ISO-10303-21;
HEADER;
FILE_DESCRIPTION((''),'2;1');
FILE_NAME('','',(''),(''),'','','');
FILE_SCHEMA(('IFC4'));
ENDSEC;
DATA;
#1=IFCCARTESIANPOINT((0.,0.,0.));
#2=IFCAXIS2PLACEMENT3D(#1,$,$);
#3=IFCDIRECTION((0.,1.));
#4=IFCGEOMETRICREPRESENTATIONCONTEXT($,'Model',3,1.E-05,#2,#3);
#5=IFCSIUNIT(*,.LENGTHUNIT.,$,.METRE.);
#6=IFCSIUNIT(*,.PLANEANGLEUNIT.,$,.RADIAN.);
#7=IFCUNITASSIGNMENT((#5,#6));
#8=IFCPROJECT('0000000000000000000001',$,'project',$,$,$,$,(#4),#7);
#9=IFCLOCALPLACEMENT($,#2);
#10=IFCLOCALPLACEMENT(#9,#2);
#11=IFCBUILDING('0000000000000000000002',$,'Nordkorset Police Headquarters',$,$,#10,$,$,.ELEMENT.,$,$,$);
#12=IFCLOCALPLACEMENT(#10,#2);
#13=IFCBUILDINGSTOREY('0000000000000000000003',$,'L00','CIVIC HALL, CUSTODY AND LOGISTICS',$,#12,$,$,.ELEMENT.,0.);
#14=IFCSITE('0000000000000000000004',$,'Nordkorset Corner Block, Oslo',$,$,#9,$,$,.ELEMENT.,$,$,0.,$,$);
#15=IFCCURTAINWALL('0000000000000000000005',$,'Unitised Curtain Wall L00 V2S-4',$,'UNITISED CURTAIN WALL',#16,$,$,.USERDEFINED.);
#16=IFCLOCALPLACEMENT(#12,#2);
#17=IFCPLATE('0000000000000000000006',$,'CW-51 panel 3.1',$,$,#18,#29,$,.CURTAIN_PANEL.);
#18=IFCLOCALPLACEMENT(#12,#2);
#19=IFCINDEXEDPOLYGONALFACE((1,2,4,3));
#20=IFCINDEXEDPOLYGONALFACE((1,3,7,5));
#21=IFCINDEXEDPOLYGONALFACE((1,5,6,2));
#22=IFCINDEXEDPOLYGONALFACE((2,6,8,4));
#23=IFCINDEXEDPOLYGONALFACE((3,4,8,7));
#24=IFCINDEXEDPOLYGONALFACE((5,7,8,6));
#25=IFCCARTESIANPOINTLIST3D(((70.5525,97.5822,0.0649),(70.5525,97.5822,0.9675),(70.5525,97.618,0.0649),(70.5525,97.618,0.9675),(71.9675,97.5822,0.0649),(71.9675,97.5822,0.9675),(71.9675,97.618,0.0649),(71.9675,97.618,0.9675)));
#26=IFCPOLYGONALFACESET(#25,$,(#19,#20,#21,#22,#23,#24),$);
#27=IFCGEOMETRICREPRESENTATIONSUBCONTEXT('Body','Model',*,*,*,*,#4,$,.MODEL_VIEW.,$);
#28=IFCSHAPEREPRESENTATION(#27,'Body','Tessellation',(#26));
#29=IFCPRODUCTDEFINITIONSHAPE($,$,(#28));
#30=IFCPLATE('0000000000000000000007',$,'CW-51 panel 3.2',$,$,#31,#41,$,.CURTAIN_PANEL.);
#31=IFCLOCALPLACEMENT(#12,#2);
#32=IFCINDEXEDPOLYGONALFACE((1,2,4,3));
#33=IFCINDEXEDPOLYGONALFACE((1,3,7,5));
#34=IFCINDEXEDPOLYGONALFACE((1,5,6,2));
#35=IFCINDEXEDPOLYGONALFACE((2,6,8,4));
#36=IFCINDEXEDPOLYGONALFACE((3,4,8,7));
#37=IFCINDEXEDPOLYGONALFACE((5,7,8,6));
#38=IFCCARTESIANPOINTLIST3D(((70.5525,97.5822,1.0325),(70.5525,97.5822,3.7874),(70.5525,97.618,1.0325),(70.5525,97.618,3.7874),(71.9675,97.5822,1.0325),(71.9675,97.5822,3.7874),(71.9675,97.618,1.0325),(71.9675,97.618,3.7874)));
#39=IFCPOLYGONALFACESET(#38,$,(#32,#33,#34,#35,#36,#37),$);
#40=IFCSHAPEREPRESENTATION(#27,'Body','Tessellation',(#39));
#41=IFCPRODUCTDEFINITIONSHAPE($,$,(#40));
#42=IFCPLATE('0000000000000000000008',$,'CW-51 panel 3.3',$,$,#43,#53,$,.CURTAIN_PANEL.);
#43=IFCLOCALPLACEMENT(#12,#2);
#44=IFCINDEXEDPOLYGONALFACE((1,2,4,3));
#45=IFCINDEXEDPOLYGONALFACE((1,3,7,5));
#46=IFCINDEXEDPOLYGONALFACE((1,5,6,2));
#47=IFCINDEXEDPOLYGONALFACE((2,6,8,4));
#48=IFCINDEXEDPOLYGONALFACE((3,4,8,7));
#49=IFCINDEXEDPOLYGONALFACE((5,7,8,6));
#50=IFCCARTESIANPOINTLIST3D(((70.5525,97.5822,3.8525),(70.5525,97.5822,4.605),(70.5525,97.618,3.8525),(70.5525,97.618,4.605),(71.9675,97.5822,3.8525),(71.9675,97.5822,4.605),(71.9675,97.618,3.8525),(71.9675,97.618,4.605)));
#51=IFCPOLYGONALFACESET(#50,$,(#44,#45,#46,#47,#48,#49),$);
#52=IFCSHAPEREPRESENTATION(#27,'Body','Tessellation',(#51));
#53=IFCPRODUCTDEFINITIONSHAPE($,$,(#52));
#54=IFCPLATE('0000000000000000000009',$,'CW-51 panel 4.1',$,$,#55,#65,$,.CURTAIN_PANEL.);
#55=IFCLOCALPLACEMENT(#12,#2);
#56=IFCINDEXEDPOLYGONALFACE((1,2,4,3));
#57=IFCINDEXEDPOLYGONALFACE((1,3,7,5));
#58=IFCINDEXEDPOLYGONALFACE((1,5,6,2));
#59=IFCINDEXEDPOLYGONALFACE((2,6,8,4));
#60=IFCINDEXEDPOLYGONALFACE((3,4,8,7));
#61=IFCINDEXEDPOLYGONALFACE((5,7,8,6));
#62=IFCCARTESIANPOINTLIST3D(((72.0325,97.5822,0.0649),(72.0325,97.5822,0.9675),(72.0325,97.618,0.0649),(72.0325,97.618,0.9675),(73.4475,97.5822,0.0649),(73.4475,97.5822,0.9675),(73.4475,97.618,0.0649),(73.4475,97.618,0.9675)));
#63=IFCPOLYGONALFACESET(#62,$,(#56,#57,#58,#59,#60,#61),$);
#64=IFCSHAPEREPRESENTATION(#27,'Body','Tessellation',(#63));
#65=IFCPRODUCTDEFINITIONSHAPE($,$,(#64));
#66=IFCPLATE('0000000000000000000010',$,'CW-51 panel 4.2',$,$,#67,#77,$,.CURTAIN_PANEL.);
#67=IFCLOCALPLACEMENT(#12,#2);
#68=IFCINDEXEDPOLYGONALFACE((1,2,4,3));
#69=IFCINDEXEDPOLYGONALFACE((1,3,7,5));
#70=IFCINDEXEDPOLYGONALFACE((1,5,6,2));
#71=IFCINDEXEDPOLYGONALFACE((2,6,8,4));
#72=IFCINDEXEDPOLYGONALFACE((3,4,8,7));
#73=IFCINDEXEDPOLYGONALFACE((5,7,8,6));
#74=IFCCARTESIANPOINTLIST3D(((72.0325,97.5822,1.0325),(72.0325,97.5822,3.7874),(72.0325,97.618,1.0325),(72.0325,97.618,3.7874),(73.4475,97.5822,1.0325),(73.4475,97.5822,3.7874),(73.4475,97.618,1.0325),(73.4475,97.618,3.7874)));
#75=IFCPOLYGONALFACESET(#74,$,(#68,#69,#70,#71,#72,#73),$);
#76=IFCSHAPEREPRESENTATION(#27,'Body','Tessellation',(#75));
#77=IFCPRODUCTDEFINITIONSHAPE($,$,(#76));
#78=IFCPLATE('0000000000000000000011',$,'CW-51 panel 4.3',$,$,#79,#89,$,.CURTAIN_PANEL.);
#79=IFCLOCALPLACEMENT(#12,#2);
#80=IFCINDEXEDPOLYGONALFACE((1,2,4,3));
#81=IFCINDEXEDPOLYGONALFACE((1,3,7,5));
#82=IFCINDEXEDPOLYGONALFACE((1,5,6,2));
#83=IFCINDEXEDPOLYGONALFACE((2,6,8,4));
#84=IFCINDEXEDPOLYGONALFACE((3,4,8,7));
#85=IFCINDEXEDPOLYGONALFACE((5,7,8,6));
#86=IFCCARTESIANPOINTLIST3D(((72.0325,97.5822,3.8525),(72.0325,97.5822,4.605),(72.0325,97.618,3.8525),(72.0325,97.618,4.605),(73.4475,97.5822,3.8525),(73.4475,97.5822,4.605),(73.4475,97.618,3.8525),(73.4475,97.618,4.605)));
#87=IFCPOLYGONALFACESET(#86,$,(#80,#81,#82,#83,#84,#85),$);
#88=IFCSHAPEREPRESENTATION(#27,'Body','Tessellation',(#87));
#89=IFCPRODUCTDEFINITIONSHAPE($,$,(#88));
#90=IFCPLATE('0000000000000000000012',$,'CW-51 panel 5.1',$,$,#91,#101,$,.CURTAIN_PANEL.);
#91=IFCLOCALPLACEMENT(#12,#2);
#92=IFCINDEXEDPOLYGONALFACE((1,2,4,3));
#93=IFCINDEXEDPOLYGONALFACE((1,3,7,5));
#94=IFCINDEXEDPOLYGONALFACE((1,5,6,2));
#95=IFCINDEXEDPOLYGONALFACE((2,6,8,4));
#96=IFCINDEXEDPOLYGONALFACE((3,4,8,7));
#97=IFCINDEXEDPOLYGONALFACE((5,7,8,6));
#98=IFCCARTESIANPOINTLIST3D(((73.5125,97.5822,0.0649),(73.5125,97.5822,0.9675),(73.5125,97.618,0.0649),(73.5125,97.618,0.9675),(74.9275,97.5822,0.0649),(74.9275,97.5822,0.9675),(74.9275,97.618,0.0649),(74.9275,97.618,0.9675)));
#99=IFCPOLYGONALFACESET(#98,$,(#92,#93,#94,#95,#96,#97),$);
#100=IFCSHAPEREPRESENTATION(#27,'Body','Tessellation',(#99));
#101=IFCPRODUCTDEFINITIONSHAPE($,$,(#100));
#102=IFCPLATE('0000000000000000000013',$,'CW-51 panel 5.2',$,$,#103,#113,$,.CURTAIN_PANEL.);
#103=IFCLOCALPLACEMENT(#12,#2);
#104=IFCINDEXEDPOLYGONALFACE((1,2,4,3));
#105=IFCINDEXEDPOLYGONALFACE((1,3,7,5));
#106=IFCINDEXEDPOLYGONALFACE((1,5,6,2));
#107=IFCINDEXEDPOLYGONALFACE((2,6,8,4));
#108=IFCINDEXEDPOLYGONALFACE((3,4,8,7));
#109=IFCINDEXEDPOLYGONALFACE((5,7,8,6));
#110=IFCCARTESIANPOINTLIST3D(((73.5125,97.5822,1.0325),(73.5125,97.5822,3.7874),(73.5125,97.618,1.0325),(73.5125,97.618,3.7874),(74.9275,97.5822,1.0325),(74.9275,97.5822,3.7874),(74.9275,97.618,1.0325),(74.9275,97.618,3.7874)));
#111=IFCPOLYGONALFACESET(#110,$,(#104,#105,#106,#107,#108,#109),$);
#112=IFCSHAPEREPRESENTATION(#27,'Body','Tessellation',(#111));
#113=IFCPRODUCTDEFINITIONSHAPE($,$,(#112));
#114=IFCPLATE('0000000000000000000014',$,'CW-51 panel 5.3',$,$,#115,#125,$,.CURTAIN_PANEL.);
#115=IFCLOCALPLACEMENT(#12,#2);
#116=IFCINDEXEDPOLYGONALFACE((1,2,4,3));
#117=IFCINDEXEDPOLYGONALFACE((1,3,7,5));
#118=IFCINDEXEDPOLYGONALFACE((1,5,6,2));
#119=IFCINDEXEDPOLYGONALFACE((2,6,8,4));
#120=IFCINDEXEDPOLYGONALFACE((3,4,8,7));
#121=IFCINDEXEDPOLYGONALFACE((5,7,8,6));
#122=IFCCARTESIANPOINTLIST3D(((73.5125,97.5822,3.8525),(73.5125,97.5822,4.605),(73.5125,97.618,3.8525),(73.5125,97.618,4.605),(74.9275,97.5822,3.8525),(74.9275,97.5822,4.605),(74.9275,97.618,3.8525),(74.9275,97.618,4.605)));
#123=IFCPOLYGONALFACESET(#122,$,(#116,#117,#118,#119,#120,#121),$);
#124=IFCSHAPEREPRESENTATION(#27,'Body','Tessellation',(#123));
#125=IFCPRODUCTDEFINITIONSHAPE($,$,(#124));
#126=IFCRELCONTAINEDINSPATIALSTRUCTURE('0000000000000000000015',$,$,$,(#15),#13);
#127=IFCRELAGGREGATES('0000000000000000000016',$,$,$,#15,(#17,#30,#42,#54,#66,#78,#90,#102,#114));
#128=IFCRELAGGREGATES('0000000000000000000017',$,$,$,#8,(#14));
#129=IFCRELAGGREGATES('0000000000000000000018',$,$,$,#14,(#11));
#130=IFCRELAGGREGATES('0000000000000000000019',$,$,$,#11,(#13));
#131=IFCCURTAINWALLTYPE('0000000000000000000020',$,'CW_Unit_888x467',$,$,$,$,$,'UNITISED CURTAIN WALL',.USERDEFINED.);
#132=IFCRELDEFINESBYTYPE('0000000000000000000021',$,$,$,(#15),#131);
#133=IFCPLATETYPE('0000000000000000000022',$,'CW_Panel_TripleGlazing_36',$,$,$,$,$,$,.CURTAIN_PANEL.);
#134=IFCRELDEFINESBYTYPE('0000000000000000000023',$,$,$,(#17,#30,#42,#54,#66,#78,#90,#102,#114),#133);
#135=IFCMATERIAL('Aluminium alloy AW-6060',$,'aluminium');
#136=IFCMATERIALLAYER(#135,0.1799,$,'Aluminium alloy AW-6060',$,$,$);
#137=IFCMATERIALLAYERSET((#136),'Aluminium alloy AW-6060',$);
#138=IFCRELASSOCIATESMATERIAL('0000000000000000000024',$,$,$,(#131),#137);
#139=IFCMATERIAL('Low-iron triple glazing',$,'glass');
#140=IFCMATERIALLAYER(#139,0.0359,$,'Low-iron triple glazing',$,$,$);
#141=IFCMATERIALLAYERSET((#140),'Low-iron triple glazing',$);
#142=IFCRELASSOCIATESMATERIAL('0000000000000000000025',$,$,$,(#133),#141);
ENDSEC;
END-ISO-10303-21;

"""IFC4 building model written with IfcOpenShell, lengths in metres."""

from ifc_helpers import new_model, si_unit, direction, frame, origin, origin_2d, place, context, subcontext, project, spatial, rectangle, extrude, material, layer, layer_set, type_object, element, aggregate, save


model = new_model("IFC4")

# Units and contexts
model_context = context("Model", 3, precision=1e-05, world=origin(), true_north=direction((0.0, 1.0)))
body_context = subcontext(model_context, "Body", "Model", "MODEL_VIEW")
ifc_project = project(units=[si_unit("LENGTHUNIT", "METRE"), si_unit("PLANEANGLEUNIT", "RADIAN")], contexts=[model_context])

# Site, building, storey
site_placement = place(None, origin())
site = spatial("IfcSite", under=ifc_project, at=site_placement, Name="Nordkorset Corner Block, Oslo", CompositionType="ELEMENT", RefElevation=0.0)
building_placement = place(site_placement, origin())
building = spatial("IfcBuilding", under=site, at=building_placement, Name="Nordkorset Police Headquarters", CompositionType="ELEMENT")
storey_placement = place(building_placement, origin())
storey = spatial("IfcBuildingStorey", under=building, at=storey_placement, Name="L00", Description="CIVIC HALL, CUSTODY AND LOGISTICS", CompositionType="ELEMENT", Elevation=0.0)

# Curtain wall, plates
ifc_material_1 = material(Name="Aluminium alloy AW-6060", Category="aluminium")
ifc_layer_1 = layer(ifc_material_1, 0.1799, Name="Aluminium alloy AW-6060")
ifc_layer_set_1 = layer_set([ifc_layer_1], Name="Aluminium alloy AW-6060")
curtain_wall_type = type_object("IfcCurtainWallType", Name="CW_Unit_888x467", ElementType="UNITISED CURTAIN WALL", PredefinedType="USERDEFINED", material=ifc_layer_set_1)
curtain_wall_placement = place(storey_placement, origin())
curtain_wall = element("IfcCurtainWall", 1, at=curtain_wall_placement, inside=storey, type_object=curtain_wall_type, Name="Unitised Curtain Wall L00 V2S-4", ObjectType="UNITISED CURTAIN WALL", PredefinedType="USERDEFINED")
ifc_material_2 = material(Name="Low-iron triple glazing", Category="glass")
ifc_layer_2 = layer(ifc_material_2, 0.0359, Name="Low-iron triple glazing")
ifc_layer_set_2 = layer_set([ifc_layer_2], Name="Low-iron triple glazing")
plate_type = type_object("IfcPlateType", Name="CW_Panel_TripleGlazing_36", PredefinedType="CURTAIN_PANEL", material=ifc_layer_set_2)
plate_1_placement = place(storey_placement, frame((71.26, 97.6001, 0.0649), z_axis=(0.0, 0.0, 1.0), x_axis=(1.0, 0.0, 0.0)))
plate_1 = element("IfcPlate", 2, at=plate_1_placement, type_object=plate_type, Name="CW-51 panel 3.1", PredefinedType="CURTAIN_PANEL", context=body_context, shape_type="SweptSolid", body=[
    extrude(rectangle(XDim=1.415, YDim=0.0359, at=origin_2d()), origin(), (0.0, 0.0, 1.0), 0.9026),
])
plate_2_placement = place(storey_placement, frame((71.26, 97.6001, 1.0325), z_axis=(0.0, 0.0, 1.0), x_axis=(1.0, 0.0, 0.0)))
plate_2 = element("IfcPlate", 3, at=plate_2_placement, type_object=plate_type, Name="CW-51 panel 3.2", PredefinedType="CURTAIN_PANEL", context=body_context, shape_type="SweptSolid", body=[
    extrude(rectangle(XDim=1.415, YDim=0.0359, at=origin_2d()), origin(), (0.0, 0.0, 1.0), 2.7549),
])
plate_3_placement = place(storey_placement, frame((71.26, 97.6001, 3.8525), z_axis=(0.0, 0.0, 1.0), x_axis=(1.0, 0.0, 0.0)))
plate_3 = element("IfcPlate", 4, at=plate_3_placement, type_object=plate_type, Name="CW-51 panel 3.3", PredefinedType="CURTAIN_PANEL", context=body_context, shape_type="SweptSolid", body=[
    extrude(rectangle(XDim=1.415, YDim=0.0359, at=origin_2d()), origin(), (0.0, 0.0, 1.0), 0.7524),
])
plate_4_placement = place(storey_placement, frame((72.74, 97.6001, 0.0649), z_axis=(0.0, 0.0, 1.0), x_axis=(1.0, 0.0, 0.0)))
plate_4 = element("IfcPlate", 5, at=plate_4_placement, type_object=plate_type, Name="CW-51 panel 4.1", PredefinedType="CURTAIN_PANEL", context=body_context, shape_type="SweptSolid", body=[
    extrude(rectangle(XDim=1.415, YDim=0.0359, at=origin_2d()), origin(), (0.0, 0.0, 1.0), 0.9026),
])
plate_5_placement = place(storey_placement, frame((72.74, 97.6001, 1.0325), z_axis=(0.0, 0.0, 1.0), x_axis=(1.0, 0.0, 0.0)))
plate_5 = element("IfcPlate", 6, at=plate_5_placement, type_object=plate_type, Name="CW-51 panel 4.2", PredefinedType="CURTAIN_PANEL", context=body_context, shape_type="SweptSolid", body=[
    extrude(rectangle(XDim=1.415, YDim=0.0359, at=origin_2d()), origin(), (0.0, 0.0, 1.0), 2.7549),
])
plate_6_placement = place(storey_placement, frame((72.74, 97.6001, 3.8525), z_axis=(0.0, 0.0, 1.0), x_axis=(1.0, 0.0, 0.0)))
plate_6 = element("IfcPlate", 7, at=plate_6_placement, type_object=plate_type, Name="CW-51 panel 4.3", PredefinedType="CURTAIN_PANEL", context=body_context, shape_type="SweptSolid", body=[
    extrude(rectangle(XDim=1.415, YDim=0.0359, at=origin_2d()), origin(), (0.0, 0.0, 1.0), 0.7524),
])
plate_7_placement = place(storey_placement, frame((74.22, 97.6001, 0.0649), z_axis=(0.0, 0.0, 1.0), x_axis=(1.0, 0.0, 0.0)))
plate_7 = element("IfcPlate", 8, at=plate_7_placement, type_object=plate_type, Name="CW-51 panel 5.1", PredefinedType="CURTAIN_PANEL", context=body_context, shape_type="SweptSolid", body=[
    extrude(rectangle(XDim=1.415, YDim=0.0359, at=origin_2d()), origin(), (0.0, 0.0, 1.0), 0.9026),
])
plate_8_placement = place(storey_placement, frame((74.22, 97.6001, 1.0325), z_axis=(0.0, 0.0, 1.0), x_axis=(1.0, 0.0, 0.0)))
plate_8 = element("IfcPlate", 9, at=plate_8_placement, type_object=plate_type, Name="CW-51 panel 5.2", PredefinedType="CURTAIN_PANEL", context=body_context, shape_type="SweptSolid", body=[
    extrude(rectangle(XDim=1.415, YDim=0.0359, at=origin_2d()), origin(), (0.0, 0.0, 1.0), 2.7549),
])
plate_9_placement = place(storey_placement, frame((74.22, 97.6001, 3.8525), z_axis=(0.0, 0.0, 1.0), x_axis=(1.0, 0.0, 0.0)))
plate_9 = element("IfcPlate", 10, at=plate_9_placement, type_object=plate_type, Name="CW-51 panel 5.3", PredefinedType="CURTAIN_PANEL", context=body_context, shape_type="SweptSolid", body=[
    extrude(rectangle(XDim=1.415, YDim=0.0359, at=origin_2d()), origin(), (0.0, 0.0, 1.0), 0.7524),
])
aggregate(curtain_wall, [plate_1, plate_2, plate_3, plate_4, plate_5, plate_6, plate_7, plate_8, plate_9])

save(model, "model.ifc")
